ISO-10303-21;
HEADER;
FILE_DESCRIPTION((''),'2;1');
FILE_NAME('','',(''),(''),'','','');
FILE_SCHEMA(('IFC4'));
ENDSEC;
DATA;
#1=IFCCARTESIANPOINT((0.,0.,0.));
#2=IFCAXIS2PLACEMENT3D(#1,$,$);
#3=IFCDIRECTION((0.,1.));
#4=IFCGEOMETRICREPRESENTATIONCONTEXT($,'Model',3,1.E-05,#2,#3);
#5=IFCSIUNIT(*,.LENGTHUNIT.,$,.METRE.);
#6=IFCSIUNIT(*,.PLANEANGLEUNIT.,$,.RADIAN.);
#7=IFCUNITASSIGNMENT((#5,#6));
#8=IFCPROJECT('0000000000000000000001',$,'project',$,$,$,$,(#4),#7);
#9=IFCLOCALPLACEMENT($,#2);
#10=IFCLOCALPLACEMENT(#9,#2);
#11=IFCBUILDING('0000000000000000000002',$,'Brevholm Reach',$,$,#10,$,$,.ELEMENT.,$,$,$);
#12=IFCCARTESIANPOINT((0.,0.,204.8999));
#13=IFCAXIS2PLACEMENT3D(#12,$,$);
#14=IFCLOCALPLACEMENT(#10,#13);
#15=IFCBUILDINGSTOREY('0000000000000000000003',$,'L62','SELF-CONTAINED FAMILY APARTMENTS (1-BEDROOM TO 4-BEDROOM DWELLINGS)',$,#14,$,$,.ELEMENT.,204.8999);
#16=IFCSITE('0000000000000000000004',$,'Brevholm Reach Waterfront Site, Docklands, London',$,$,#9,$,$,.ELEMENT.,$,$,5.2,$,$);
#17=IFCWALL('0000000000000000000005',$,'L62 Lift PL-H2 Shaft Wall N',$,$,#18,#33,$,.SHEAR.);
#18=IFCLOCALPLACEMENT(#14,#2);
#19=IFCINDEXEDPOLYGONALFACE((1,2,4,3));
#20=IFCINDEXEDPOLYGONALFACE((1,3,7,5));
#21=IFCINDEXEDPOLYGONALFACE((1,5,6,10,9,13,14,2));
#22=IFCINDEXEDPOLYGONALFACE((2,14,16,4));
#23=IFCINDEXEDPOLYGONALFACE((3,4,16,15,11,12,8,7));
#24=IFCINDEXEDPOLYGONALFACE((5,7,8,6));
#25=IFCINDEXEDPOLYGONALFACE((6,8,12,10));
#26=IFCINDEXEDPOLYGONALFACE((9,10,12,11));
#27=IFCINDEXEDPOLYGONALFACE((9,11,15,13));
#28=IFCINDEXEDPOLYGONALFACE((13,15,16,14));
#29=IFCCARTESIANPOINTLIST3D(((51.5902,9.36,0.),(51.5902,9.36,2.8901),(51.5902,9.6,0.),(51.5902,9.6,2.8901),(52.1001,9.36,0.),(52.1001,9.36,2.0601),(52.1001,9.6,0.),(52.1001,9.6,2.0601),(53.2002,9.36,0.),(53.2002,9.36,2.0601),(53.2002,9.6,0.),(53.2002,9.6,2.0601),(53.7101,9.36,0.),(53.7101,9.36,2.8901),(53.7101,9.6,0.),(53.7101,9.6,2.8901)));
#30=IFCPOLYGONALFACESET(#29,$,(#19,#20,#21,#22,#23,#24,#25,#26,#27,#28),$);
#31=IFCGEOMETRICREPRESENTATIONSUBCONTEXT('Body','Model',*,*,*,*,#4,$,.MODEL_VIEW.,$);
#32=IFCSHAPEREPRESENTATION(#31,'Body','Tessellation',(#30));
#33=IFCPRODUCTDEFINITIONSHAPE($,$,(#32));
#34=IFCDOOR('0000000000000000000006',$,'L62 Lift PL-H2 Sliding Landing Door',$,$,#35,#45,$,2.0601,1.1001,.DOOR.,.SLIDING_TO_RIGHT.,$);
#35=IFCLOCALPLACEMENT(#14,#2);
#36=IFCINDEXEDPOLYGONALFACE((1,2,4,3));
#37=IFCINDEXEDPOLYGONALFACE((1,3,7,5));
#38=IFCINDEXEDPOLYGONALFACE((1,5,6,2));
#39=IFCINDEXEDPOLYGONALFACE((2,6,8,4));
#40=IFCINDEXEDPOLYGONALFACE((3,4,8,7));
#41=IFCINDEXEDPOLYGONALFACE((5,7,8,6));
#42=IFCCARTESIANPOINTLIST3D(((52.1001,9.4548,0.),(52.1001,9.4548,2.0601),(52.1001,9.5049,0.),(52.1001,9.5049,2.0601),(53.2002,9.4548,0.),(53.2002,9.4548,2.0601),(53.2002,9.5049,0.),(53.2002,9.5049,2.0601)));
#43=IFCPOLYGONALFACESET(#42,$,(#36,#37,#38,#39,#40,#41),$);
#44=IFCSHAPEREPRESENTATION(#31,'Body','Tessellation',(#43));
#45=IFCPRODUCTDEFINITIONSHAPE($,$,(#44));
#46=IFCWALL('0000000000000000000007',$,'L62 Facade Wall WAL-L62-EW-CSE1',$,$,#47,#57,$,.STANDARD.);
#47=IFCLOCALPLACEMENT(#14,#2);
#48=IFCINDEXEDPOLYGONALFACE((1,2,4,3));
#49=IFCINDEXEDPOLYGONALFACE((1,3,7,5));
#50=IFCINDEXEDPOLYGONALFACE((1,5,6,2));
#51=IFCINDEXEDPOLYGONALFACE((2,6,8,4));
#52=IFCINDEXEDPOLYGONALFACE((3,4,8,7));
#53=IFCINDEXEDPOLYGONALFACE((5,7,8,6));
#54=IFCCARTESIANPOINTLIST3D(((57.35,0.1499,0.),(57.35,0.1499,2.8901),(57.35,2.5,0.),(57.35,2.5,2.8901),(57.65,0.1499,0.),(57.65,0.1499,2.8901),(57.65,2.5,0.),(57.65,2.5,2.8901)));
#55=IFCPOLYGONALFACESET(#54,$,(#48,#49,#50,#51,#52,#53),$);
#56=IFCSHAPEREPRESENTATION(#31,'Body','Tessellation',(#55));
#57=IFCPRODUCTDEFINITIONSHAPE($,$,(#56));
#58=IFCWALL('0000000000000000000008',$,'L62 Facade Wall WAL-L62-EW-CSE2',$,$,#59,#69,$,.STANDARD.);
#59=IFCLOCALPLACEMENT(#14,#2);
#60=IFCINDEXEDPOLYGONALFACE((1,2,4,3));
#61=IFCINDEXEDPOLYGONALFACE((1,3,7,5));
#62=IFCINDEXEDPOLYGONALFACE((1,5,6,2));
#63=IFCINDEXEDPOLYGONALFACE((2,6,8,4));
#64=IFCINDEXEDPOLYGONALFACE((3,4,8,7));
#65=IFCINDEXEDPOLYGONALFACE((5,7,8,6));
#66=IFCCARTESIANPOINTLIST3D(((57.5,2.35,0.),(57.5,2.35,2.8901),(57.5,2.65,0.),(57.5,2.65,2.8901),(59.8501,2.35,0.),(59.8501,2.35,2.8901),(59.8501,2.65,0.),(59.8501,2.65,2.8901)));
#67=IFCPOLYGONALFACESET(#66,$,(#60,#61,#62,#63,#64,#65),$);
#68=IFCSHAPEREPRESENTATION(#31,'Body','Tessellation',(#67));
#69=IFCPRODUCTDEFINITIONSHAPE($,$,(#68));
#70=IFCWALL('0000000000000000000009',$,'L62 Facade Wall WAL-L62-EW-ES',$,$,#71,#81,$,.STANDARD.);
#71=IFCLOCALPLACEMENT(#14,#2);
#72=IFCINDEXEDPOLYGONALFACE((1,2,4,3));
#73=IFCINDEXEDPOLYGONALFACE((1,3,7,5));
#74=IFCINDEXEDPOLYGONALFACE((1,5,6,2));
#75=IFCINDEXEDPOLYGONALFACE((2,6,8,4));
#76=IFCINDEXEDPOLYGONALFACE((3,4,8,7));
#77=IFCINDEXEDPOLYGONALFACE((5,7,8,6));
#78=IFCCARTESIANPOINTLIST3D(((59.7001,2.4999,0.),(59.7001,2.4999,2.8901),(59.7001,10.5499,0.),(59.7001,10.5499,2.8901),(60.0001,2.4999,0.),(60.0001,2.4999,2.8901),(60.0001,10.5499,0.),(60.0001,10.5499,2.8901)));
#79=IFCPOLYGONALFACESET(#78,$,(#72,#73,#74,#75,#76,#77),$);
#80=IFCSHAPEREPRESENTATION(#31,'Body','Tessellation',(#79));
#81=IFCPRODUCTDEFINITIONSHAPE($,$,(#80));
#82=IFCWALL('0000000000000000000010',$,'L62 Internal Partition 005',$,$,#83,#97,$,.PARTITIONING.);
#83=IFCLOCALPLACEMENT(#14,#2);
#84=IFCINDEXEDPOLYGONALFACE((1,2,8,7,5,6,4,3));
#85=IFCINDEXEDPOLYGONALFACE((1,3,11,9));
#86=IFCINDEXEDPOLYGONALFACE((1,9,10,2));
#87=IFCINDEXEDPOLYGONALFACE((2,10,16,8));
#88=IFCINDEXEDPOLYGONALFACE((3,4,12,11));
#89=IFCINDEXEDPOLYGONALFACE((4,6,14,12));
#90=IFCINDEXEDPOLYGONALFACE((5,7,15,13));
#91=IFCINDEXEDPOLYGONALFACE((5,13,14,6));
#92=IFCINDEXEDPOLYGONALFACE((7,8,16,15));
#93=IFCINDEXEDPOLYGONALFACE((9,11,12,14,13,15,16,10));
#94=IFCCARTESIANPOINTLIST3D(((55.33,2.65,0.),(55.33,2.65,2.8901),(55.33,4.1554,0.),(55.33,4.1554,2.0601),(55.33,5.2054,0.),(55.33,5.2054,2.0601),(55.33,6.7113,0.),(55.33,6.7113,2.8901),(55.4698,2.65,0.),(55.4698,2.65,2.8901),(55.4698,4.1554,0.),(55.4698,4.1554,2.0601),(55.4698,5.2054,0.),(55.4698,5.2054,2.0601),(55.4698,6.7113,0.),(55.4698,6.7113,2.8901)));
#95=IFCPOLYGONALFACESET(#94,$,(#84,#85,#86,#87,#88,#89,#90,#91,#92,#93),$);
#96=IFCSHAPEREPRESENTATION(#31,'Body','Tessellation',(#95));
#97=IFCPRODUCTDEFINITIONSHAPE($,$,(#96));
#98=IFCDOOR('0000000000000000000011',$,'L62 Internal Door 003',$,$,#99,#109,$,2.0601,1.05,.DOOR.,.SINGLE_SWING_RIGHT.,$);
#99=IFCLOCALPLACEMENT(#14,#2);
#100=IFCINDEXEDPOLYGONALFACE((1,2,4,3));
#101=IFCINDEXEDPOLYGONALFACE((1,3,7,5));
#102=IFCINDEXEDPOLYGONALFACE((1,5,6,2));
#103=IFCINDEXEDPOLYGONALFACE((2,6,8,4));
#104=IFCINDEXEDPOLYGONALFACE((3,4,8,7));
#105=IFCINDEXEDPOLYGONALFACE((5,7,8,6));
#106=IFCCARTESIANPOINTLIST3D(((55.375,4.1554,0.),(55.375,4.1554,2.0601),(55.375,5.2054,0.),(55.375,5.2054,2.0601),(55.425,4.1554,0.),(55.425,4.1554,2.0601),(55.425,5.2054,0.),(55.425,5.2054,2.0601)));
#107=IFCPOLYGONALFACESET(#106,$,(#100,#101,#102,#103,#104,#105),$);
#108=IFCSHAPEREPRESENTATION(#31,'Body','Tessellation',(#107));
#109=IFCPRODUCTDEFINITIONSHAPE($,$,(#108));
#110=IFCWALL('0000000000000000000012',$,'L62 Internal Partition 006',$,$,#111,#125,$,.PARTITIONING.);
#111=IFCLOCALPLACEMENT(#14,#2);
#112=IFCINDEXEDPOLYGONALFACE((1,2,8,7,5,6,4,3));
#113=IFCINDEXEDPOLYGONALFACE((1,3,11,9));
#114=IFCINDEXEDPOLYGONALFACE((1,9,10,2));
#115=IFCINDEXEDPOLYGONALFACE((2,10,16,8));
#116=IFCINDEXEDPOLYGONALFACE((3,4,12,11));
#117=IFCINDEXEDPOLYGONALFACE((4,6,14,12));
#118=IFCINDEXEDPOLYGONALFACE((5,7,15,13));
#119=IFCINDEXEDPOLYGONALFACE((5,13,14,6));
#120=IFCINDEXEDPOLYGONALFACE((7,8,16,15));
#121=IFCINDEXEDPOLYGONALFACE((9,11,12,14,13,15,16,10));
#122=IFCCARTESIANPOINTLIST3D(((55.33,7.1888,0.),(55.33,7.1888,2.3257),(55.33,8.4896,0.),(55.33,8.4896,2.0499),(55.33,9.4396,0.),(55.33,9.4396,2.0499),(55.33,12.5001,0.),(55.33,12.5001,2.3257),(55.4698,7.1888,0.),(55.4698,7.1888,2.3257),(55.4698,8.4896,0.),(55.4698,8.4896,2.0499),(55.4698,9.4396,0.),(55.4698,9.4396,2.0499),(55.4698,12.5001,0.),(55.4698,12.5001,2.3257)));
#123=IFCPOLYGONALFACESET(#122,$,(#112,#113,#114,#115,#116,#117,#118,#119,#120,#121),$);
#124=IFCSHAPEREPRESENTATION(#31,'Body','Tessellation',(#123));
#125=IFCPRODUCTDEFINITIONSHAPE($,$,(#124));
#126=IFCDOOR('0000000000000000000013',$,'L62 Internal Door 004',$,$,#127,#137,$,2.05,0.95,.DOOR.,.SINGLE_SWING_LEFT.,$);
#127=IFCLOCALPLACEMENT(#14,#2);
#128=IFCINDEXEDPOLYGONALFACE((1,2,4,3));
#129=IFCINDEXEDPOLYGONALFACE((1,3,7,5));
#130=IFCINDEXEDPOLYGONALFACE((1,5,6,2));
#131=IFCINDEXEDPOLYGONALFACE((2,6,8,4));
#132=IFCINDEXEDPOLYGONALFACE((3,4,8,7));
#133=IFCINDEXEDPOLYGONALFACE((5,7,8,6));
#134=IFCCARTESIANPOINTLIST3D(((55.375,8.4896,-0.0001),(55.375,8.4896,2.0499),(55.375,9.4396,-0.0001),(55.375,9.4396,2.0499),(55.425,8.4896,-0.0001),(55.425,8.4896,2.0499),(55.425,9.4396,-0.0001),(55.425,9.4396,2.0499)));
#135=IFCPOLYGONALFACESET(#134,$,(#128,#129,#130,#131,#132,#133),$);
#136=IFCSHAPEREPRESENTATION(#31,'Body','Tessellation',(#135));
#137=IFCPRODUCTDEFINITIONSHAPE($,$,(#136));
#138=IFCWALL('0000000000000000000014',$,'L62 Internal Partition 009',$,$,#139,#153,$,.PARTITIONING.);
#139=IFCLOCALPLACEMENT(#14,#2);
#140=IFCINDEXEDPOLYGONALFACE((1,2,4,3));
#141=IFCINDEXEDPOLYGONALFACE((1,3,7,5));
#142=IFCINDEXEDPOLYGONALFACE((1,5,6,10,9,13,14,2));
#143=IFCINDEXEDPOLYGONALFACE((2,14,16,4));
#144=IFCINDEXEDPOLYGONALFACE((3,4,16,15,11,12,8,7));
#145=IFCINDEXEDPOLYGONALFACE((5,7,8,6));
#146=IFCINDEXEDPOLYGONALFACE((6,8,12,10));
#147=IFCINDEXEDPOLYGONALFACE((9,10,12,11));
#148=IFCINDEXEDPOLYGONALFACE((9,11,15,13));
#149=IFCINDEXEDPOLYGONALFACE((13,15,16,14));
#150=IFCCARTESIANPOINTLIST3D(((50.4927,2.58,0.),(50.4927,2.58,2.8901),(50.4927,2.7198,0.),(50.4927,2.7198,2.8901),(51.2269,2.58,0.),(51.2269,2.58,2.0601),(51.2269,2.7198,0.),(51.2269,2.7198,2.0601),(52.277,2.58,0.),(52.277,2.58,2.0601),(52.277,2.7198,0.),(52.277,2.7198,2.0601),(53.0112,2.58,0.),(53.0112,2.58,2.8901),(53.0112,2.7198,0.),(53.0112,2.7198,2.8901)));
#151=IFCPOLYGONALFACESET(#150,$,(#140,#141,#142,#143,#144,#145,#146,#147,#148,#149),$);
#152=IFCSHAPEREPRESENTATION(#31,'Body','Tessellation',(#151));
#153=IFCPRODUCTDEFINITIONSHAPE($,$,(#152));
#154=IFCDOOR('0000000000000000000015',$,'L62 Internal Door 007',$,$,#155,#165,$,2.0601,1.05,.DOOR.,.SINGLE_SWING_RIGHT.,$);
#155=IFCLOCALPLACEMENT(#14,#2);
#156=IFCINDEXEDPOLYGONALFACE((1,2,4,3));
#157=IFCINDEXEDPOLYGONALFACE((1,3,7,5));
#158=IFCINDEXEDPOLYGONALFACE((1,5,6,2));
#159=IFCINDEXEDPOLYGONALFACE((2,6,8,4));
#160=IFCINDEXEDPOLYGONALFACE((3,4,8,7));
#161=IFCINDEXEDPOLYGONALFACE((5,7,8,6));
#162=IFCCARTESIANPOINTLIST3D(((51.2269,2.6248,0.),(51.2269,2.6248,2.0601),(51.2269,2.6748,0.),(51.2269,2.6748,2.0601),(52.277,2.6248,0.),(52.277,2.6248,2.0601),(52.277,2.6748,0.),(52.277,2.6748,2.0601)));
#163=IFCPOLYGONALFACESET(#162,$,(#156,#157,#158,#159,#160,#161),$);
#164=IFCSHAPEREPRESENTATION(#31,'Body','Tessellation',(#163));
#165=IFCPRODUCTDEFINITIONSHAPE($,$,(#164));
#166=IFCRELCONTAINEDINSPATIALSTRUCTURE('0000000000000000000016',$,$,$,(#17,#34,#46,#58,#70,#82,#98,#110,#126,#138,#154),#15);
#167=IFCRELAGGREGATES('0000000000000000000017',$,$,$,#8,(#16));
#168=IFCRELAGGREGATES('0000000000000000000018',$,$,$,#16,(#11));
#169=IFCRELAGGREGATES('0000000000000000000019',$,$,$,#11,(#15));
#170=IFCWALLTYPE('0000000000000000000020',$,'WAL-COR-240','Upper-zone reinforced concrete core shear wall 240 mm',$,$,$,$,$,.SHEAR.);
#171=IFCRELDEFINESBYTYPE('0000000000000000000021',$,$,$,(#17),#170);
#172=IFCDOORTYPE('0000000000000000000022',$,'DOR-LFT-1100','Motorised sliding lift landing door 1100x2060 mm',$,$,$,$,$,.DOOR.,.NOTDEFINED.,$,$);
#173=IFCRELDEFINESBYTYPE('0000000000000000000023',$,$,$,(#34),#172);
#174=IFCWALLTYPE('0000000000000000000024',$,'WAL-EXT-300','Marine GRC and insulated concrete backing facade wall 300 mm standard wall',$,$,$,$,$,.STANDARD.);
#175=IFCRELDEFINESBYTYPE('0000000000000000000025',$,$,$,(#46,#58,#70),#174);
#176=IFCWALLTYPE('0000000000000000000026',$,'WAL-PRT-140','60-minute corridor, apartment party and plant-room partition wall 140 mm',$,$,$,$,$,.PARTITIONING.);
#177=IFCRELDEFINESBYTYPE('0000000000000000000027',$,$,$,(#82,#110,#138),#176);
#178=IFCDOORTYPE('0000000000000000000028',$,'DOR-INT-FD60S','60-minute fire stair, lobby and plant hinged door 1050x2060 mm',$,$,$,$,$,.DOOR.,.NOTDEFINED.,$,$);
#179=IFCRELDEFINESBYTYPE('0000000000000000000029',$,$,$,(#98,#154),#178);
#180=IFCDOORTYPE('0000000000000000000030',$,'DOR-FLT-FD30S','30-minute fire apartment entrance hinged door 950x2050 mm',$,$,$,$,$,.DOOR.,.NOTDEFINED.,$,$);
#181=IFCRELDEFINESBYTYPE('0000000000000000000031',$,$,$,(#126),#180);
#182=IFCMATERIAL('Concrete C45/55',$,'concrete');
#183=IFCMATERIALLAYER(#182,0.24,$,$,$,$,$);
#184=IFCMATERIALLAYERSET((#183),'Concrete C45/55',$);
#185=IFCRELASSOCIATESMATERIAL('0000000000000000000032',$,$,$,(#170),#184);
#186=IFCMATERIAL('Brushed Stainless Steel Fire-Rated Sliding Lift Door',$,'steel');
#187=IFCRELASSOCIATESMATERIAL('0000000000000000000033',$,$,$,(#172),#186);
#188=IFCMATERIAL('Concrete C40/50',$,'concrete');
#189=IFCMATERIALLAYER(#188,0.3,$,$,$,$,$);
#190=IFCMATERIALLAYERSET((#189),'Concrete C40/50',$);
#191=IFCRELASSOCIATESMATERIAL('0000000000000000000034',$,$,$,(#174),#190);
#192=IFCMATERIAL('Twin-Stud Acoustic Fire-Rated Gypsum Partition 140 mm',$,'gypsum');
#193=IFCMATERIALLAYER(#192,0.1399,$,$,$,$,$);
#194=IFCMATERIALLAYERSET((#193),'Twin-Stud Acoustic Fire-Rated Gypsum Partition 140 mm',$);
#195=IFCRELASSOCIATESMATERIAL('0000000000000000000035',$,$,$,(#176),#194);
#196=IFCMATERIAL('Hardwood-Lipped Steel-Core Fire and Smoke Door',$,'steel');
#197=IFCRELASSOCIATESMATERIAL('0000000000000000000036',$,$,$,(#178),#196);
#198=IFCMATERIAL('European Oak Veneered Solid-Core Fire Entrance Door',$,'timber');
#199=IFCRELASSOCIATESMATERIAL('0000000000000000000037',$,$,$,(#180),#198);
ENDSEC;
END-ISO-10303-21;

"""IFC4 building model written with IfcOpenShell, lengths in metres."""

from ifc_helpers import new_model, si_unit, direction, frame, frame_2d, origin, place, context, subcontext, project, spatial, rectangle, extrude, material, layer, layer_set, type_object, element, fill, save


model = new_model("IFC4")

# Units and contexts
model_context = context("Model", 3, precision=1e-05, world=origin(), true_north=direction((0.0, 1.0)))
body_context = subcontext(model_context, "Body", "Model", "MODEL_VIEW")
ifc_project = project(units=[si_unit("LENGTHUNIT", "METRE"), si_unit("PLANEANGLEUNIT", "RADIAN")], contexts=[model_context])

# Site, building, storey
site_placement = place(None, origin())
site = spatial("IfcSite", under=ifc_project, at=site_placement, Name="Brevholm Reach Waterfront Site, Docklands, London", CompositionType="ELEMENT", RefElevation=5.2)
building_placement = place(site_placement, origin())
building = spatial("IfcBuilding", under=site, at=building_placement, Name="Brevholm Reach", CompositionType="ELEMENT")
storey_placement = place(building_placement, frame((0.0, 0.0, 204.8999)))
storey = spatial("IfcBuildingStorey", under=building, at=storey_placement, Name="L62", Description="SELF-CONTAINED FAMILY APARTMENTS (1-BEDROOM TO 4-BEDROOM DWELLINGS)", CompositionType="ELEMENT", Elevation=204.8999)

# Shared definitions
ifc_material_1 = material(Name="Concrete C45/55", Category="concrete")
ifc_layer_1 = layer(ifc_material_1, 0.24)
ifc_layer_set_1 = layer_set([ifc_layer_1], Name="Concrete C45/55")
wall_type_1 = type_object("IfcWallType", Name="WAL-COR-240", Description="Upper-zone reinforced concrete core shear wall 240 mm", PredefinedType="SHEAR", material=ifc_layer_set_1)

# Wall, opening, door
wall_1_placement = place(storey_placement, frame((51.5901, 9.48, 0.0), z_axis=(0.0, 0.0, 1.0), x_axis=(1.0, 0.0, 0.0)))
wall_1 = element("IfcWall", 1, at=wall_1_placement, inside=storey, type_object=wall_type_1, Name="L62 Lift PL-H2 Shaft Wall N", PredefinedType="SHEAR", context=body_context, shape_type="SweptSolid", body=[
    extrude(rectangle(XDim=2.1199, YDim=0.24, at=frame_2d((1.0601, 0.0))), origin(), (0.0, 0.0, 1.0), 2.8901),
])
opening_1_placement = place(wall_1_placement, frame((0.51, 0.0, 0.0)))
opening_1 = element("IfcOpeningElement", 2, at=opening_1_placement, cuts=wall_1, PredefinedType="OPENING", context=body_context, shape_type="SweptSolid", body=[
    extrude(rectangle(XDim=1.1001, YDim=2.0601, at=frame_2d((0.55, 1.03))), frame((0.0, 0.1299, 0.0), z_axis=(0.0, -1.0, 0.0), x_axis=(1.0, 0.0, 0.0)), (0.0, 0.0, 1.0), 0.26),
])
ifc_material_2 = material(Name="Brushed Stainless Steel Fire-Rated Sliding Lift Door", Category="steel")
door_type_1 = type_object("IfcDoorType", Name="DOR-LFT-1100", Description="Motorised sliding lift landing door 1100x2060 mm", OperationType="NOTDEFINED", PredefinedType="DOOR", material=ifc_material_2)
door_1_placement = place(opening_1_placement, origin())
door_1 = element("IfcDoor", 3, at=door_1_placement, inside=storey, type_object=door_type_1, Name="L62 Lift PL-H2 Sliding Landing Door", OperationType="SLIDING_TO_RIGHT", OverallHeight=2.0601, OverallWidth=1.1001, PredefinedType="DOOR", context=body_context, shape_type="SweptSolid", body=[
    extrude(rectangle(XDim=1.1001, YDim=2.0601, at=frame_2d((0.55, 1.03))), frame((0.0, 0.0249, 0.0), z_axis=(0.0, -1.0, 0.0), x_axis=(1.0, 0.0, 0.0)), (0.0, 0.0, 1.0), 0.05),
])
fill(opening_1, door_1)

# Walls
ifc_material_3 = material(Name="Concrete C40/50", Category="concrete")
ifc_layer_2 = layer(ifc_material_3, 0.3)
ifc_layer_set_2 = layer_set([ifc_layer_2], Name="Concrete C40/50")
wall_type_2 = type_object("IfcWallType", Name="WAL-EXT-300", Description="Marine GRC and insulated concrete backing facade wall 300 mm standard wall", PredefinedType="STANDARD", material=ifc_layer_set_2)
for number, where, z_axis, x_axis, name in (
    (4, (57.5, 0.1499, 0.0), (0.0, 0.0, 1.0), (0.0, 1.0, 0.0), "L62 Facade Wall WAL-L62-EW-CSE1"),
    (5, (57.5, 2.5, 0.0), (0.0, 0.0, 1.0), (1.0, 0.0, 0.0), "L62 Facade Wall WAL-L62-EW-CSE2"),
):
    element("IfcWall", number, at=place(storey_placement, frame(where, z_axis=z_axis, x_axis=x_axis)), inside=storey, type_object=wall_type_2, Name=name, PredefinedType="STANDARD", context=body_context, shape_type="SweptSolid", body=[
        extrude(rectangle(XDim=2.3501, YDim=0.3, at=frame_2d((1.175, 0.0))), origin(), (0.0, 0.0, 1.0), 2.8901),
    ])
wall_2_placement = place(storey_placement, frame((59.8501, 2.5, 0.0), z_axis=(0.0, 0.0, 1.0), x_axis=(0.0, 1.0, 0.0)))
element("IfcWall", 6, at=wall_2_placement, inside=storey, type_object=wall_type_2, Name="L62 Facade Wall WAL-L62-EW-ES", PredefinedType="STANDARD", context=body_context, shape_type="SweptSolid", body=[
    extrude(rectangle(XDim=8.05, YDim=0.3, at=frame_2d((4.0249, 0.0))), origin(), (0.0, 0.0, 1.0), 2.8901),
])

# Walls, openings, doors
ifc_material_4 = material(Name="Twin-Stud Acoustic Fire-Rated Gypsum Partition 140 mm", Category="gypsum")
ifc_layer_3 = layer(ifc_material_4, 0.1399)
ifc_layer_set_3 = layer_set([ifc_layer_3], Name="Twin-Stud Acoustic Fire-Rated Gypsum Partition 140 mm")
wall_type_3 = type_object("IfcWallType", Name="WAL-PRT-140", Description="60-minute corridor, apartment party and plant-room partition wall 140 mm", PredefinedType="PARTITIONING", material=ifc_layer_set_3)
wall_3_placement = place(storey_placement, frame((55.3999, 2.6499, 0.0), z_axis=(0.0, 0.0, 1.0), x_axis=(0.0, 1.0, 0.0)))
wall_3 = element("IfcWall", 7, at=wall_3_placement, inside=storey, type_object=wall_type_3, Name="L62 Internal Partition 005", PredefinedType="PARTITIONING", context=body_context, shape_type="SweptSolid", body=[
    extrude(rectangle(XDim=4.0613, YDim=0.1399, at=frame_2d((2.0308, 0.0))), origin(), (0.0, 0.0, 1.0), 2.8901),
])
opening_2_placement = place(wall_3_placement, frame((1.5056, 0.0, 0.0)))
opening_2 = element("IfcOpeningElement", 8, at=opening_2_placement, cuts=wall_3, PredefinedType="OPENING", context=body_context, shape_type="SweptSolid", body=[
    extrude(rectangle(XDim=1.05, YDim=2.0601, at=frame_2d((0.5249, 1.03))), frame((0.0, 0.0798, 0.0), z_axis=(0.0, -1.0, 0.0), x_axis=(1.0, 0.0, 0.0)), (0.0, 0.0, 1.0), 0.1599),
])
ifc_material_5 = material(Name="Hardwood-Lipped Steel-Core Fire and Smoke Door", Category="steel")
door_type_2 = type_object("IfcDoorType", Name="DOR-INT-FD60S", Description="60-minute fire stair, lobby and plant hinged door 1050x2060 mm", OperationType="NOTDEFINED", PredefinedType="DOOR", material=ifc_material_5)
door_2_placement = place(opening_2_placement, origin())
door_2 = element("IfcDoor", 9, at=door_2_placement, inside=storey, type_object=door_type_2, Name="L62 Internal Door 003", OperationType="SINGLE_SWING_RIGHT", OverallHeight=2.0601, OverallWidth=1.05, PredefinedType="DOOR", context=body_context, shape_type="SweptSolid", body=[
    extrude(rectangle(XDim=1.05, YDim=2.0601, at=frame_2d((0.5249, 1.03))), frame((0.0, 0.0249, 0.0), z_axis=(0.0, -1.0, 0.0), x_axis=(1.0, 0.0, 0.0)), (0.0, 0.0, 1.0), 0.05),
])
fill(opening_2, door_2)
wall_4_placement = place(storey_placement, frame((55.3999, 7.1887, 0.0), z_axis=(0.0, 0.0, 1.0), x_axis=(0.0, 1.0, 0.0)))
wall_4 = element("IfcWall", 10, at=wall_4_placement, inside=storey, type_object=wall_type_3, Name="L62 Internal Partition 006", PredefinedType="PARTITIONING", context=body_context, shape_type="SweptSolid", body=[
    extrude(rectangle(XDim=5.3113, YDim=0.1399, at=frame_2d((2.6558, 0.0))), origin(), (0.0, 0.0, 1.0), 2.3257),
])
opening_3_placement = place(wall_4_placement, frame((1.3008, 0.0, 0.0)))
opening_3 = element("IfcOpeningElement", 11, at=opening_3_placement, cuts=wall_4, PredefinedType="OPENING", context=body_context, shape_type="SweptSolid", body=[
    extrude(rectangle(XDim=0.95, YDim=2.05, at=frame_2d((0.4751, 1.0249))), frame((0.0, 0.0798, 0.0), z_axis=(0.0, -1.0, 0.0), x_axis=(1.0, 0.0, 0.0)), (0.0, 0.0, 1.0), 0.1599),
])
ifc_material_6 = material(Name="European Oak Veneered Solid-Core Fire Entrance Door", Category="timber")
door_type_3 = type_object("IfcDoorType", Name="DOR-FLT-FD30S", Description="30-minute fire apartment entrance hinged door 950x2050 mm", OperationType="NOTDEFINED", PredefinedType="DOOR", material=ifc_material_6)
door_3_placement = place(opening_3_placement, origin())
door_3 = element("IfcDoor", 12, at=door_3_placement, inside=storey, type_object=door_type_3, Name="L62 Internal Door 004", OperationType="SINGLE_SWING_LEFT", OverallHeight=2.05, OverallWidth=0.95, PredefinedType="DOOR", context=body_context, shape_type="SweptSolid", body=[
    extrude(rectangle(XDim=0.95, YDim=2.05, at=frame_2d((0.4751, 1.0249))), frame((0.0, 0.0249, 0.0), z_axis=(0.0, -1.0, 0.0), x_axis=(1.0, 0.0, 0.0)), (0.0, 0.0, 1.0), 0.05),
])
fill(opening_3, door_3)
wall_5_placement = place(storey_placement, frame((50.4927, 2.6499, 0.0), z_axis=(0.0, 0.0, 1.0), x_axis=(1.0, 0.0, 0.0)))
wall_5 = element("IfcWall", 13, at=wall_5_placement, inside=storey, type_object=wall_type_3, Name="L62 Internal Partition 009", PredefinedType="PARTITIONING", context=body_context, shape_type="SweptSolid", body=[
    extrude(rectangle(XDim=2.5186, YDim=0.1399, at=frame_2d((1.2593, 0.0))), origin(), (0.0, 0.0, 1.0), 2.8901),
])
opening_4_placement = place(wall_5_placement, frame((0.7344, 0.0, 0.0)))
opening_4 = element("IfcOpeningElement", 14, at=opening_4_placement, cuts=wall_5, PredefinedType="OPENING", context=body_context, shape_type="SweptSolid", body=[
    extrude(rectangle(XDim=1.05, YDim=2.0601, at=frame_2d((0.5249, 1.03))), frame((0.0, 0.0798, 0.0), z_axis=(0.0, -1.0, 0.0), x_axis=(1.0, 0.0, 0.0)), (0.0, 0.0, 1.0), 0.1599),
])
door_4_placement = place(opening_4_placement, origin())
door_4 = element("IfcDoor", 15, at=door_4_placement, inside=storey, type_object=door_type_2, Name="L62 Internal Door 007", OperationType="SINGLE_SWING_RIGHT", OverallHeight=2.0601, OverallWidth=1.05, PredefinedType="DOOR", context=body_context, shape_type="SweptSolid", body=[
    extrude(rectangle(XDim=1.05, YDim=2.0601, at=frame_2d((0.5249, 1.03))), frame((0.0, 0.0249, 0.0), z_axis=(0.0, -1.0, 0.0), x_axis=(1.0, 0.0, 0.0)), (0.0, 0.0, 1.0), 0.05),
])
fill(opening_4, door_4)

save(model, "model.ifc")
